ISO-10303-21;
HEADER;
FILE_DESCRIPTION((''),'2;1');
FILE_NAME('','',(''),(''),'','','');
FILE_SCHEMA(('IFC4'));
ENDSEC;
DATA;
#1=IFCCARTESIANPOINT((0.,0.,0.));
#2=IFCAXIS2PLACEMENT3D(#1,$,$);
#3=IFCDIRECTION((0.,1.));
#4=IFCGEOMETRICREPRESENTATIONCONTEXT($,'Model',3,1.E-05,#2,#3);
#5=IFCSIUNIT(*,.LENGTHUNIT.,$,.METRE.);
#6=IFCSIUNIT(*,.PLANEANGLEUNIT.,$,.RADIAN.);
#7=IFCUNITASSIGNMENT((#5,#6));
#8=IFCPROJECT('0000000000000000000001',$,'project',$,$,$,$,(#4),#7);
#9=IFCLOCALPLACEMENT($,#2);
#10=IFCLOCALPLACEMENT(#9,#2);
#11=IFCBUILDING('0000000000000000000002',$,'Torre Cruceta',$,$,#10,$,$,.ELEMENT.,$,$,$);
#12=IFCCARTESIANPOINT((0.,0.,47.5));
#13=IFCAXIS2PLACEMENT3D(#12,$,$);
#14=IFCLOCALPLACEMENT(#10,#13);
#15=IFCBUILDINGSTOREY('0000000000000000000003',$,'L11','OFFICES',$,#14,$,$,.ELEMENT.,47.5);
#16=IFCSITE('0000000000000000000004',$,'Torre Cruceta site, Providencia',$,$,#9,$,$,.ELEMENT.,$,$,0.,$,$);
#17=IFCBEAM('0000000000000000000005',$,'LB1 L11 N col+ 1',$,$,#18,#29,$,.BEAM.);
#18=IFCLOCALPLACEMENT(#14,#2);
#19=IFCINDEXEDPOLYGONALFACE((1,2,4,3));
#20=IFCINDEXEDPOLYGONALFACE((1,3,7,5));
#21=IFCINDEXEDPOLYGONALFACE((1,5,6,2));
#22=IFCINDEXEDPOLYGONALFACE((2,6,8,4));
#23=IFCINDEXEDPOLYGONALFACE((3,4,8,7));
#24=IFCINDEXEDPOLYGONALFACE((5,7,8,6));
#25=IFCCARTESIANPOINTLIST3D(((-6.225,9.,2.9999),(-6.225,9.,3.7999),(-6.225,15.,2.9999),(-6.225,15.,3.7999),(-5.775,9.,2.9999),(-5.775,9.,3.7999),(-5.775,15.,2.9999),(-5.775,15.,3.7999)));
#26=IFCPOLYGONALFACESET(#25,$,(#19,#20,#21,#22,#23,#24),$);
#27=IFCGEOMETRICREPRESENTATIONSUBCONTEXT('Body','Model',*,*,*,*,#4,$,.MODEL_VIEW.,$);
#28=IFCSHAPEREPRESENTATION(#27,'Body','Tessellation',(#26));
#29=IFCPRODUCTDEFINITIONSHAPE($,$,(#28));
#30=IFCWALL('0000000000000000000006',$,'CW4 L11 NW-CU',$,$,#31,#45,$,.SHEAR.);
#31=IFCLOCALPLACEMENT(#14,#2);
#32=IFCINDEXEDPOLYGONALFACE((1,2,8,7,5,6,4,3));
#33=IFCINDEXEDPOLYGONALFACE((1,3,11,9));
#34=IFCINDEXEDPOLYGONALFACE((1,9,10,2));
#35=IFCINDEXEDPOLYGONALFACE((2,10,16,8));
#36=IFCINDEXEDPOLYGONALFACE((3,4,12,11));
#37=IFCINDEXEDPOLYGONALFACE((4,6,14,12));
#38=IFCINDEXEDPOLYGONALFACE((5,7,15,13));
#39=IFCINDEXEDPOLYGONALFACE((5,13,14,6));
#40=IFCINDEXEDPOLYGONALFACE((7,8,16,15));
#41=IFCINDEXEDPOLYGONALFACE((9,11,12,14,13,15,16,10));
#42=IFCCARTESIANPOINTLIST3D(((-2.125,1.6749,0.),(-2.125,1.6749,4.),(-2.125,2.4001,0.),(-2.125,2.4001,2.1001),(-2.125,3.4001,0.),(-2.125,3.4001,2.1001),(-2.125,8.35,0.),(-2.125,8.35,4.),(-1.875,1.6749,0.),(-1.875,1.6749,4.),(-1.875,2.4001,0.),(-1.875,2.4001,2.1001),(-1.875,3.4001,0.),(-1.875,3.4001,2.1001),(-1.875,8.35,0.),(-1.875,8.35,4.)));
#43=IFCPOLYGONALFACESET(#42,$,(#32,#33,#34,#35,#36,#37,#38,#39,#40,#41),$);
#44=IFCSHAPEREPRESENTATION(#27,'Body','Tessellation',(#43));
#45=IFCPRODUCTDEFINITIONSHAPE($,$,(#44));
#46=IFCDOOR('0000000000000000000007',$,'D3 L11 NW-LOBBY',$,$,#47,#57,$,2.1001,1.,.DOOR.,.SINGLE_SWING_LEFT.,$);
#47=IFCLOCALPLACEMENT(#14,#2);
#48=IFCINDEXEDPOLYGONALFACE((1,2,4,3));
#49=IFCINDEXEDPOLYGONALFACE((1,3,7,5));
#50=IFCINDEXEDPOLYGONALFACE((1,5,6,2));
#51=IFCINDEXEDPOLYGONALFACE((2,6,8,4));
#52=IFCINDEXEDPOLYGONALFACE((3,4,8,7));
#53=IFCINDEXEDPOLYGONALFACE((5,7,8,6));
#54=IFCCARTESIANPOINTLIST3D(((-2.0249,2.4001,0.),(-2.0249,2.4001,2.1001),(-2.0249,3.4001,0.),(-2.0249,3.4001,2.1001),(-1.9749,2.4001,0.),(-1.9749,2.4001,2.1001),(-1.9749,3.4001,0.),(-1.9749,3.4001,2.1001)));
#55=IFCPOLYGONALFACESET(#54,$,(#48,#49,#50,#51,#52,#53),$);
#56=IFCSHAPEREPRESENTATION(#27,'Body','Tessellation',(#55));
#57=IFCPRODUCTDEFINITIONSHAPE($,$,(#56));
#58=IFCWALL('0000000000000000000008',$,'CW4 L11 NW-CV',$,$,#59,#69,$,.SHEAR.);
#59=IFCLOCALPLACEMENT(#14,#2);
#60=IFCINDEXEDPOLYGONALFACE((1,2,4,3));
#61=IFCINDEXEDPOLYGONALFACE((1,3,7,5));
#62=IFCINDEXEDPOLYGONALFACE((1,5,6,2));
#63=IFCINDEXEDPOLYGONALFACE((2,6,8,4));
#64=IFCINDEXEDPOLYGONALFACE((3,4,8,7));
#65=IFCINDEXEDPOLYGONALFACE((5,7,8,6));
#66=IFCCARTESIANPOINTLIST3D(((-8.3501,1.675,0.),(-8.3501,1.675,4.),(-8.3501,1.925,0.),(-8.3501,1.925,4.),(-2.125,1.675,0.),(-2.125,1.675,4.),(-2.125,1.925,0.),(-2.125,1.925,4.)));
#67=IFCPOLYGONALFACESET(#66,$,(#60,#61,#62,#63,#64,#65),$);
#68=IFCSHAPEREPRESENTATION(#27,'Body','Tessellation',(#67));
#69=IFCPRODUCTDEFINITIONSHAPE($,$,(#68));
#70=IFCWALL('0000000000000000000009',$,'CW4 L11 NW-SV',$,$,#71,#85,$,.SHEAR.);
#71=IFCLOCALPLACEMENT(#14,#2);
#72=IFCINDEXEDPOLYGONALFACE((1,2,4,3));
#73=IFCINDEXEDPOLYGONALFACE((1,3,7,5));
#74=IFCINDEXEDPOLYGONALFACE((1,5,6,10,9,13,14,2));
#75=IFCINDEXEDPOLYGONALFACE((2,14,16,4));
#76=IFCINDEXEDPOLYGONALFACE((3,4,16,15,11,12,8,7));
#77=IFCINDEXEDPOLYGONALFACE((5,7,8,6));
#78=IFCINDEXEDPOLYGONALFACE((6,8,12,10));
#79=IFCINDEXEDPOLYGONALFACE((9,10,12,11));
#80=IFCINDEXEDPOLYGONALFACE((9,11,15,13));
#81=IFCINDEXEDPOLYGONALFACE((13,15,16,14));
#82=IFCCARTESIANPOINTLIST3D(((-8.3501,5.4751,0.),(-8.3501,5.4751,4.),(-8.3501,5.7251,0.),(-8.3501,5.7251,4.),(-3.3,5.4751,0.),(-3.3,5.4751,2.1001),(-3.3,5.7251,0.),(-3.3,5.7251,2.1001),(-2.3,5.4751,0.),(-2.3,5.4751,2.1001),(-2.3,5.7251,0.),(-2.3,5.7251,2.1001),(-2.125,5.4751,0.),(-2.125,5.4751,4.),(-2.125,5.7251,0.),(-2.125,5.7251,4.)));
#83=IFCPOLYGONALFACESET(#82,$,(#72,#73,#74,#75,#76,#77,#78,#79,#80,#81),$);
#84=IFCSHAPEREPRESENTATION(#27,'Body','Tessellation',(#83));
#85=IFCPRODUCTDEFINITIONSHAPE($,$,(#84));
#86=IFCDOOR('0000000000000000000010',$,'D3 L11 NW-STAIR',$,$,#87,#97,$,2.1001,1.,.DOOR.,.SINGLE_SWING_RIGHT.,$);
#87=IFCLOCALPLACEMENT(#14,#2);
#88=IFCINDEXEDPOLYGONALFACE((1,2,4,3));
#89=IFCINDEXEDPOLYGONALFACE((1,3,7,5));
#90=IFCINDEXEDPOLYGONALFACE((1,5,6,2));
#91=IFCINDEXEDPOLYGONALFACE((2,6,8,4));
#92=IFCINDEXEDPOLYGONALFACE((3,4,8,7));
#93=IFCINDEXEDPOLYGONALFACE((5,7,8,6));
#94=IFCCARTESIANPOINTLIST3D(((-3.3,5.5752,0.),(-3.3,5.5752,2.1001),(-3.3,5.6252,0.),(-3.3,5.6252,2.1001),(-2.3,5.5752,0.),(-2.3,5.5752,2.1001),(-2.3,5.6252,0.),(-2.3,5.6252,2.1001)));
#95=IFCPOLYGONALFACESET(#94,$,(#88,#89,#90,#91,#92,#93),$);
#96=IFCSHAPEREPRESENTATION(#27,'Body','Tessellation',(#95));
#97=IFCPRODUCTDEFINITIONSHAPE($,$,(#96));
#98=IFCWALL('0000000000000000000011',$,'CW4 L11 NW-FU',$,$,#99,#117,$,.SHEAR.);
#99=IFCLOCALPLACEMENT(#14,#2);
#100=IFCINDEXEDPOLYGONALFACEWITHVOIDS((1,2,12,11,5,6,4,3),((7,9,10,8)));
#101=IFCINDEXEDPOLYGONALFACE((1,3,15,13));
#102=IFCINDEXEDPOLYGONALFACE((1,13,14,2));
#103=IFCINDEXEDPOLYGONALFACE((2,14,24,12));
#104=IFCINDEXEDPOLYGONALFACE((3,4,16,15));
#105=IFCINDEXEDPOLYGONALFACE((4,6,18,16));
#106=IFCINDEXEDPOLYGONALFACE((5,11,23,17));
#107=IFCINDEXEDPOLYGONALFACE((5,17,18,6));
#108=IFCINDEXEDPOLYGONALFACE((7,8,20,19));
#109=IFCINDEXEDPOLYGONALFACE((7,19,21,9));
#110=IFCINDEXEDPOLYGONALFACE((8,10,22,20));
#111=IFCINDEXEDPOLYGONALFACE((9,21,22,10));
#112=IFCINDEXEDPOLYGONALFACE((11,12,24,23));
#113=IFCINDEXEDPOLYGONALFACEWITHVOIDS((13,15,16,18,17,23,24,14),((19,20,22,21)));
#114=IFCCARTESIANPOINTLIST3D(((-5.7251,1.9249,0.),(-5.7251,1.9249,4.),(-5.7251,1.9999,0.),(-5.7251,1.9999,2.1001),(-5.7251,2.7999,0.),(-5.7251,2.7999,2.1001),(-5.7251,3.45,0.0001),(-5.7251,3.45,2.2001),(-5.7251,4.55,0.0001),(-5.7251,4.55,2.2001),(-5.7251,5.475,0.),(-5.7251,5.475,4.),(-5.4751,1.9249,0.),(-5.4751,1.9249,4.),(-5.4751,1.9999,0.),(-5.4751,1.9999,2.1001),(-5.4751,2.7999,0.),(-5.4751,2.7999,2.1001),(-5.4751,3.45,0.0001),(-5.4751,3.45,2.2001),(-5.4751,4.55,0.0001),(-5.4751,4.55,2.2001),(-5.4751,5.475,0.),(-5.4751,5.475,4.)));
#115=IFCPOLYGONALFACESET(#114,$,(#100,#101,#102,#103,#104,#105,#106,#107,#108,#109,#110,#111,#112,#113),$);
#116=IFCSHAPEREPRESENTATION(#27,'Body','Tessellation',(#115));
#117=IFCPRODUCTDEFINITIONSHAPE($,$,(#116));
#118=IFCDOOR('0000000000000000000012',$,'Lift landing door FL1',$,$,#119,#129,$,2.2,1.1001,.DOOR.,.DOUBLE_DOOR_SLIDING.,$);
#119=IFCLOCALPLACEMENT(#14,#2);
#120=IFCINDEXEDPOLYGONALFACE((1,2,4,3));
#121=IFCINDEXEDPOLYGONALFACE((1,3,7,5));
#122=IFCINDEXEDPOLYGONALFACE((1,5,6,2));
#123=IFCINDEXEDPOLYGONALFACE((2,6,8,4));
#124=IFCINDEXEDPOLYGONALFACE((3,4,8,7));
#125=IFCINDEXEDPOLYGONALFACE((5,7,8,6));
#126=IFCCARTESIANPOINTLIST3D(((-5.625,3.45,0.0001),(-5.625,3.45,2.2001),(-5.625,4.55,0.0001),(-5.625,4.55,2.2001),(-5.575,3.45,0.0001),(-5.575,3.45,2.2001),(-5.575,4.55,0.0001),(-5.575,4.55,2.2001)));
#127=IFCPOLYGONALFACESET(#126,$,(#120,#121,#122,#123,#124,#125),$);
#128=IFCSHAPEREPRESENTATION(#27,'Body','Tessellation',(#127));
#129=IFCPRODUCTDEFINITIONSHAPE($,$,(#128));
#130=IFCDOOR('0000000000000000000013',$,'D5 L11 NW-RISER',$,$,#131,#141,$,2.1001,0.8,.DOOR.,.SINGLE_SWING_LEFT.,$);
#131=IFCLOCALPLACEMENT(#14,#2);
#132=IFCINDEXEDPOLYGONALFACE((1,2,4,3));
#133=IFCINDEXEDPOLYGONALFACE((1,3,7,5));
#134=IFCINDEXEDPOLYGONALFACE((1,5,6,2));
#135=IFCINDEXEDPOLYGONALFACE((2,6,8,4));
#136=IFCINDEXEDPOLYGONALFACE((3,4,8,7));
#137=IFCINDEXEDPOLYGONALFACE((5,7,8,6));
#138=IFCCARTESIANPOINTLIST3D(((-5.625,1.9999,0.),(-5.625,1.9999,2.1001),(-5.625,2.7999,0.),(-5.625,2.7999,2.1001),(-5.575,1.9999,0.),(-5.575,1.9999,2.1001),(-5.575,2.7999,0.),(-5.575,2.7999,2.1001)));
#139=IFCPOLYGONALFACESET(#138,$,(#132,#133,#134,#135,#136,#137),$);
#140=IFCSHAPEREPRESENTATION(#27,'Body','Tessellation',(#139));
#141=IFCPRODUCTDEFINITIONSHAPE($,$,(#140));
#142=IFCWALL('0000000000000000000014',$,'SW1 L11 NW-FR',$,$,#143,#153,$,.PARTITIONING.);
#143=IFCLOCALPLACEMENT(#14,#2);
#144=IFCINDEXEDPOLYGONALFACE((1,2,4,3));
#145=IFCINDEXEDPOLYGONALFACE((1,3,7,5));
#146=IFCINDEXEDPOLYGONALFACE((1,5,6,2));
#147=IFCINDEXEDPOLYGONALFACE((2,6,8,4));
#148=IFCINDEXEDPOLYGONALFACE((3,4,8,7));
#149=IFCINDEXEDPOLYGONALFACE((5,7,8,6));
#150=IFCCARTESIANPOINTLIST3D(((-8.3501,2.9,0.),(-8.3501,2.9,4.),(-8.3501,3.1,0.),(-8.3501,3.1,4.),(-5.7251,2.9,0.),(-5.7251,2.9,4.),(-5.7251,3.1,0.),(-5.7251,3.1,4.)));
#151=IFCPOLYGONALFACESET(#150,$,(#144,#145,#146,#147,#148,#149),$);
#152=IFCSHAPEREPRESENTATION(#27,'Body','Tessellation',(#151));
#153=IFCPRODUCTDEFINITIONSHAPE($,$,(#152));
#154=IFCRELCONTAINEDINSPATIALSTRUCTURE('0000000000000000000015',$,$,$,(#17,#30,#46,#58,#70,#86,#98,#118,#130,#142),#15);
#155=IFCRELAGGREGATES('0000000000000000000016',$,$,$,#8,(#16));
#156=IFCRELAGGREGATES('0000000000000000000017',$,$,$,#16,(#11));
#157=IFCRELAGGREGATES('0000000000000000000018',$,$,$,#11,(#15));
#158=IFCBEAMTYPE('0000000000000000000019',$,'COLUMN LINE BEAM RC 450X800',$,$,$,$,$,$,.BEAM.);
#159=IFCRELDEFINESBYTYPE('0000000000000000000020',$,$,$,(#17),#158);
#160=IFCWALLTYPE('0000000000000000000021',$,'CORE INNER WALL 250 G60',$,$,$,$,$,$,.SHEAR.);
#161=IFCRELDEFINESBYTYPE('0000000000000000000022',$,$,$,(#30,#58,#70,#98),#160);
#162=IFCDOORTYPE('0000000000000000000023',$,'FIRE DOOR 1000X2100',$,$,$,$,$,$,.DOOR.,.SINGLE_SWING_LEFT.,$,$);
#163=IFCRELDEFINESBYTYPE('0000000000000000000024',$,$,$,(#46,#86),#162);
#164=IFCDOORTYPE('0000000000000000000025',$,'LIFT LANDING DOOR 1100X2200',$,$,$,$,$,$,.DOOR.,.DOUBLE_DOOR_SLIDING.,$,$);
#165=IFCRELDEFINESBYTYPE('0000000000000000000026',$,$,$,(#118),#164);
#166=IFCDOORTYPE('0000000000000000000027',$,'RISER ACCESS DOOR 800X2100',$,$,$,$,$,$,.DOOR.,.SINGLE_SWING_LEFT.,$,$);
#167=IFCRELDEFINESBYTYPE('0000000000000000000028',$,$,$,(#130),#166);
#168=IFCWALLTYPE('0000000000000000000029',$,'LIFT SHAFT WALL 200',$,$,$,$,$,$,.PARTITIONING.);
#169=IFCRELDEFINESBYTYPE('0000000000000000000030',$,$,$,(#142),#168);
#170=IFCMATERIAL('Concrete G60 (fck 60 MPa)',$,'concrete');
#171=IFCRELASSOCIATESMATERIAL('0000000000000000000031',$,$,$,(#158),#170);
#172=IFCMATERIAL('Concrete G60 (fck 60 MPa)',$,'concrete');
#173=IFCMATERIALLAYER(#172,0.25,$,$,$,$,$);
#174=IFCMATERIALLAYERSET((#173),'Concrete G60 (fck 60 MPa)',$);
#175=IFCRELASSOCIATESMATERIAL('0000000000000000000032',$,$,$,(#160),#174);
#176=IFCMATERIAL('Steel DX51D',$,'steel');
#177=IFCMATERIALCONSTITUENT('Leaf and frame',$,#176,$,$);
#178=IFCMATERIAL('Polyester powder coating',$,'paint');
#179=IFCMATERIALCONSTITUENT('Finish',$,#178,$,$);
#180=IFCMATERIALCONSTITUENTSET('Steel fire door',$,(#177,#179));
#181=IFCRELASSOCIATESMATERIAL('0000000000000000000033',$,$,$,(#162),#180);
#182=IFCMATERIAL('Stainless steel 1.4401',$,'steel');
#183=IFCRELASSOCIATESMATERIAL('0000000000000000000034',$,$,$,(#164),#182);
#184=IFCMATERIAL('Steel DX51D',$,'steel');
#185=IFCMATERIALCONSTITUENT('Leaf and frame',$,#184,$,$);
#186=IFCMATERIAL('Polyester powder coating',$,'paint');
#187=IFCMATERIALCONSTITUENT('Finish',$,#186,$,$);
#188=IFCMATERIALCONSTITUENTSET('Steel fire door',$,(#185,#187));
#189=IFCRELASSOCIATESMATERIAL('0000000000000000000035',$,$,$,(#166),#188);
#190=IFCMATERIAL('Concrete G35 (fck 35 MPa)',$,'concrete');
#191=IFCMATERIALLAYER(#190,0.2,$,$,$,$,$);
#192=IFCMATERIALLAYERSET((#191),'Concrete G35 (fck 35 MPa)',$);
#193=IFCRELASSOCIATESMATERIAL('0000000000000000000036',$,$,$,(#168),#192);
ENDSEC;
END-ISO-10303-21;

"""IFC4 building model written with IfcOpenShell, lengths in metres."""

from ifc_helpers import new_model, si_unit, direction, frame, frame_2d, origin, origin_2d, place, context, subcontext, project, spatial, rectangle, extrude, material, layer, layer_set, constituent, constituent_set, material_profile, profile_set, type_object, element, fill, save


model = new_model("IFC4")

# Units and contexts
model_context = context("Model", 3, precision=1e-05, world=origin(), true_north=direction((0.0, 1.0)))
body_context = subcontext(model_context, "Body", "Model", "MODEL_VIEW")
ifc_project = project(units=[si_unit("LENGTHUNIT", "METRE"), si_unit("PLANEANGLEUNIT", "RADIAN")], contexts=[model_context])

# Site, building, storey
site_placement = place(None, origin())
site = spatial("IfcSite", under=ifc_project, at=site_placement, Name="Torre Cruceta site, Providencia", CompositionType="ELEMENT", RefElevation=0.0)
building_placement = place(site_placement, origin())
building = spatial("IfcBuilding", under=site, at=building_placement, Name="Torre Cruceta", CompositionType="ELEMENT")
storey_placement = place(building_placement, frame((0.0, 0.0, 47.5)))
storey = spatial("IfcBuildingStorey", under=building, at=storey_placement, Name="L11", Description="OFFICES", CompositionType="ELEMENT", Elevation=47.5)

# Beam
ifc_material_1 = material(Name="Concrete G60 (fck 60 MPa)", Category="concrete")
ifc_material_profile = material_profile(ifc_material_1, rectangle(XDim=0.45, YDim=0.8, at=origin_2d()), Name="RC 450X800")
ifc_profile_set = profile_set([ifc_material_profile], Name="Concrete G60 (fck 60 MPa)")
beam_type = type_object("IfcBeamType", Name="COLUMN LINE BEAM RC 450X800", PredefinedType="BEAM", material=ifc_profile_set)
beam_placement = place(storey_placement, frame((-6.0, 9.0, 3.3999), z_axis=(0.0, 1.0, 0.0), x_axis=(-1.0, 0.0, 0.0)))
element("IfcBeam", 1, at=beam_placement, inside=storey, type_object=beam_type, Name="LB1 L11 N col+ 1", PredefinedType="BEAM", context=body_context, shape_type="SweptSolid", body=[
    extrude(rectangle(XDim=0.45, YDim=0.8, at=origin_2d()), origin(), (0.0, 0.0, 1.0), 6.0),
])

# Wall, opening, door
ifc_material_2 = material(Name="Concrete G60 (fck 60 MPa)", Category="concrete")
ifc_layer_1 = layer(ifc_material_2, 0.25)
ifc_layer_set_1 = layer_set([ifc_layer_1], Name="Concrete G60 (fck 60 MPa)")
wall_type_1 = type_object("IfcWallType", Name="CORE INNER WALL 250 G60", PredefinedType="SHEAR", material=ifc_layer_set_1)
wall_1_placement = place(storey_placement, frame((-2.0, 1.675, 0.0), z_axis=(0.0, 0.0, 1.0), x_axis=(0.0, 1.0, 0.0)))
wall_1 = element("IfcWall", 2, at=wall_1_placement, inside=storey, type_object=wall_type_1, Name="CW4 L11 NW-CU", PredefinedType="SHEAR", context=body_context, shape_type="SweptSolid", body=[
    extrude(rectangle(XDim=6.675, YDim=0.25, at=frame_2d((3.3374, 0.0))), origin(), (0.0, 0.0, 1.0), 4.0),
])
opening_1_placement = place(wall_1_placement, frame((0.7251, 0.0, 0.0)))
opening_1 = element("IfcOpeningElement", 3, at=opening_1_placement, cuts=wall_1, PredefinedType="OPENING", context=body_context, shape_type="SweptSolid", body=[
    extrude(rectangle(XDim=1.0, YDim=2.1001, at=frame_2d((0.5, 1.05))), frame((0.0, 0.135, 0.0), z_axis=(0.0, -1.0, 0.0), x_axis=(1.0, 0.0, 0.0)), (0.0, 0.0, 1.0), 0.27),
])
ifc_material_3 = material(Name="Steel DX51D", Category="steel")
ifc_constituent_1 = constituent(ifc_material_3, Name="Leaf and frame")
ifc_material_4 = material(Name="Polyester powder coating", Category="paint")
ifc_constituent_2 = constituent(ifc_material_4, Name="Finish")
ifc_constituent_set_1 = constituent_set(constituents=[ifc_constituent_1, ifc_constituent_2], Name="Steel fire door")
door_type_1 = type_object("IfcDoorType", Name="FIRE DOOR 1000X2100", OperationType="SINGLE_SWING_LEFT", PredefinedType="DOOR", material=ifc_constituent_set_1)
door_1_placement = place(opening_1_placement, origin())
door_1 = element("IfcDoor", 4, at=door_1_placement, inside=storey, type_object=door_type_1, Name="D3 L11 NW-LOBBY", OperationType="SINGLE_SWING_LEFT", OverallHeight=2.1001, OverallWidth=1.0, PredefinedType="DOOR", context=body_context, shape_type="SweptSolid", body=[
    extrude(rectangle(XDim=1.0, YDim=2.1001, at=frame_2d((0.5, 1.05))), frame((0.0, 0.0249, 0.0), z_axis=(0.0, -1.0, 0.0), x_axis=(1.0, 0.0, 0.0)), (0.0, 0.0, 1.0), 0.05),
])
fill(opening_1, door_1)

# Wall
wall_2_placement = place(storey_placement, frame((-2.125, 1.8, 0.0), z_axis=(0.0, 0.0, 1.0), x_axis=(-1.0, 0.0, 0.0)))
element("IfcWall", 5, at=wall_2_placement, inside=storey, type_object=wall_type_1, Name="CW4 L11 NW-CV", PredefinedType="SHEAR", context=body_context, shape_type="SweptSolid", body=[
    extrude(rectangle(XDim=6.2251, YDim=0.25, at=frame_2d((3.1125, 0.0))), origin(), (0.0, 0.0, 1.0), 4.0),
])

# Wall, opening, door
wall_3_placement = place(storey_placement, frame((-2.125, 5.6001, 0.0), z_axis=(0.0, 0.0, 1.0), x_axis=(-1.0, 0.0, 0.0)))
wall_3 = element("IfcWall", 6, at=wall_3_placement, inside=storey, type_object=wall_type_1, Name="CW4 L11 NW-SV", PredefinedType="SHEAR", context=body_context, shape_type="SweptSolid", body=[
    extrude(rectangle(XDim=6.2251, YDim=0.25, at=frame_2d((3.1125, 0.0))), origin(), (0.0, 0.0, 1.0), 4.0),
])
opening_2_placement = place(wall_3_placement, frame((0.175, 0.0, 0.0)))
opening_2 = element("IfcOpeningElement", 7, at=opening_2_placement, cuts=wall_3, PredefinedType="OPENING", context=body_context, shape_type="SweptSolid", body=[
    extrude(rectangle(XDim=1.0, YDim=2.1001, at=frame_2d((0.5, 1.05))), frame((0.0, 0.135, 0.0), z_axis=(0.0, -1.0, 0.0), x_axis=(1.0, 0.0, 0.0)), (0.0, 0.0, 1.0), 0.27),
])
door_2_placement = place(opening_2_placement, frame((1.0, 0.0, 0.0), z_axis=(0.0, 0.0, 1.0), x_axis=(-1.0, 0.0, 0.0)))
door_2 = element("IfcDoor", 8, at=door_2_placement, inside=storey, type_object=door_type_1, Name="D3 L11 NW-STAIR", OperationType="SINGLE_SWING_RIGHT", OverallHeight=2.1001, OverallWidth=1.0, PredefinedType="DOOR", context=body_context, shape_type="SweptSolid", body=[
    extrude(rectangle(XDim=1.0, YDim=2.1001, at=frame_2d((0.5, 1.05))), frame((0.0, 0.0251, 0.0), z_axis=(0.0, -1.0, 0.0), x_axis=(1.0, 0.0, 0.0)), (0.0, 0.0, 1.0), 0.05),
])
fill(opening_2, door_2)

# Wall, openings, doors
wall_4_placement = place(storey_placement, frame((-5.6001, 1.925, 0.0), z_axis=(0.0, 0.0, 1.0), x_axis=(0.0, 1.0, 0.0)))
wall_4 = element("IfcWall", 9, at=wall_4_placement, inside=storey, type_object=wall_type_1, Name="CW4 L11 NW-FU", PredefinedType="SHEAR", context=body_context, shape_type="SweptSolid", body=[
    extrude(rectangle(XDim=3.55, YDim=0.25, at=frame_2d((1.7749, 0.0))), origin(), (0.0, 0.0, 1.0), 4.0),
])
opening_3_placement = place(wall_4_placement, frame((1.5249, 0.0, 0.0)))
opening_3 = element("IfcOpeningElement", 10, at=opening_3_placement, cuts=wall_4, PredefinedType="OPENING", context=body_context, shape_type="SweptSolid", body=[
    extrude(rectangle(XDim=1.1001, YDim=2.2, at=frame_2d((0.55, 1.1001))), frame((0.0, 0.135, 0.0), z_axis=(0.0, -1.0, 0.0), x_axis=(1.0, 0.0, 0.0)), (0.0, 0.0, 1.0), 0.27),
])
opening_4_placement = place(wall_4_placement, frame((0.075, 0.0, 0.0)))
opening_4 = element("IfcOpeningElement", 11, at=opening_4_placement, cuts=wall_4, PredefinedType="OPENING", context=body_context, shape_type="SweptSolid", body=[
    extrude(rectangle(XDim=0.8, YDim=2.1001, at=frame_2d((0.3999, 1.05))), frame((0.0, 0.135, 0.0), z_axis=(0.0, -1.0, 0.0), x_axis=(1.0, 0.0, 0.0)), (0.0, 0.0, 1.0), 0.27),
])
ifc_material_5 = material(Name="Stainless steel 1.4401", Category="steel")
door_type_2 = type_object("IfcDoorType", Name="LIFT LANDING DOOR 1100X2200", OperationType="DOUBLE_DOOR_SLIDING", PredefinedType="DOOR", material=ifc_material_5)
door_3_placement = place(opening_3_placement, origin())
door_3 = element("IfcDoor", 12, at=door_3_placement, inside=storey, type_object=door_type_2, Name="Lift landing door FL1", OperationType="DOUBLE_DOOR_SLIDING", OverallHeight=2.2, OverallWidth=1.1001, PredefinedType="DOOR", context=body_context, shape_type="SweptSolid", body=[
    extrude(rectangle(XDim=1.1001, YDim=2.2, at=frame_2d((0.55, 1.1001))), frame((0.0, 0.0249, 0.0), z_axis=(0.0, -1.0, 0.0), x_axis=(1.0, 0.0, 0.0)), (0.0, 0.0, 1.0), 0.05),
])
fill(opening_3, door_3)
ifc_material_6 = material(Name="Steel DX51D", Category="steel")
ifc_constituent_3 = constituent(ifc_material_6, Name="Leaf and frame")
ifc_material_7 = material(Name="Polyester powder coating", Category="paint")
ifc_constituent_4 = constituent(ifc_material_7, Name="Finish")
ifc_constituent_set_2 = constituent_set(constituents=[ifc_constituent_3, ifc_constituent_4], Name="Steel fire door")
door_type_3 = type_object("IfcDoorType", Name="RISER ACCESS DOOR 800X2100", OperationType="SINGLE_SWING_LEFT", PredefinedType="DOOR", material=ifc_constituent_set_2)
door_4_placement = place(opening_4_placement, origin())
door_4 = element("IfcDoor", 13, at=door_4_placement, inside=storey, type_object=door_type_3, Name="D5 L11 NW-RISER", OperationType="SINGLE_SWING_LEFT", OverallHeight=2.1001, OverallWidth=0.8, PredefinedType="DOOR", context=body_context, shape_type="SweptSolid", body=[
    extrude(rectangle(XDim=0.8, YDim=2.1001, at=frame_2d((0.3999, 1.05))), frame((0.0, 0.0249, 0.0), z_axis=(0.0, -1.0, 0.0), x_axis=(1.0, 0.0, 0.0)), (0.0, 0.0, 1.0), 0.05),
])
fill(opening_4, door_4)

# Wall
ifc_material_8 = material(Name="Concrete G35 (fck 35 MPa)", Category="concrete")
ifc_layer_2 = layer(ifc_material_8, 0.2)
ifc_layer_set_2 = layer_set([ifc_layer_2], Name="Concrete G35 (fck 35 MPa)")
wall_type_2 = type_object("IfcWallType", Name="LIFT SHAFT WALL 200", PredefinedType="PARTITIONING", material=ifc_layer_set_2)
wall_5_placement = place(storey_placement, frame((-5.7251, 3.0, 0.0), z_axis=(0.0, 0.0, 1.0), x_axis=(-1.0, 0.0, 0.0)))
element("IfcWall", 14, at=wall_5_placement, inside=storey, type_object=wall_type_2, Name="SW1 L11 NW-FR", PredefinedType="PARTITIONING", context=body_context, shape_type="SweptSolid", body=[
    extrude(rectangle(XDim=2.625, YDim=0.2, at=frame_2d((1.3125, 0.0))), origin(), (0.0, 0.0, 1.0), 4.0),
])

save(model, "model.ifc")
